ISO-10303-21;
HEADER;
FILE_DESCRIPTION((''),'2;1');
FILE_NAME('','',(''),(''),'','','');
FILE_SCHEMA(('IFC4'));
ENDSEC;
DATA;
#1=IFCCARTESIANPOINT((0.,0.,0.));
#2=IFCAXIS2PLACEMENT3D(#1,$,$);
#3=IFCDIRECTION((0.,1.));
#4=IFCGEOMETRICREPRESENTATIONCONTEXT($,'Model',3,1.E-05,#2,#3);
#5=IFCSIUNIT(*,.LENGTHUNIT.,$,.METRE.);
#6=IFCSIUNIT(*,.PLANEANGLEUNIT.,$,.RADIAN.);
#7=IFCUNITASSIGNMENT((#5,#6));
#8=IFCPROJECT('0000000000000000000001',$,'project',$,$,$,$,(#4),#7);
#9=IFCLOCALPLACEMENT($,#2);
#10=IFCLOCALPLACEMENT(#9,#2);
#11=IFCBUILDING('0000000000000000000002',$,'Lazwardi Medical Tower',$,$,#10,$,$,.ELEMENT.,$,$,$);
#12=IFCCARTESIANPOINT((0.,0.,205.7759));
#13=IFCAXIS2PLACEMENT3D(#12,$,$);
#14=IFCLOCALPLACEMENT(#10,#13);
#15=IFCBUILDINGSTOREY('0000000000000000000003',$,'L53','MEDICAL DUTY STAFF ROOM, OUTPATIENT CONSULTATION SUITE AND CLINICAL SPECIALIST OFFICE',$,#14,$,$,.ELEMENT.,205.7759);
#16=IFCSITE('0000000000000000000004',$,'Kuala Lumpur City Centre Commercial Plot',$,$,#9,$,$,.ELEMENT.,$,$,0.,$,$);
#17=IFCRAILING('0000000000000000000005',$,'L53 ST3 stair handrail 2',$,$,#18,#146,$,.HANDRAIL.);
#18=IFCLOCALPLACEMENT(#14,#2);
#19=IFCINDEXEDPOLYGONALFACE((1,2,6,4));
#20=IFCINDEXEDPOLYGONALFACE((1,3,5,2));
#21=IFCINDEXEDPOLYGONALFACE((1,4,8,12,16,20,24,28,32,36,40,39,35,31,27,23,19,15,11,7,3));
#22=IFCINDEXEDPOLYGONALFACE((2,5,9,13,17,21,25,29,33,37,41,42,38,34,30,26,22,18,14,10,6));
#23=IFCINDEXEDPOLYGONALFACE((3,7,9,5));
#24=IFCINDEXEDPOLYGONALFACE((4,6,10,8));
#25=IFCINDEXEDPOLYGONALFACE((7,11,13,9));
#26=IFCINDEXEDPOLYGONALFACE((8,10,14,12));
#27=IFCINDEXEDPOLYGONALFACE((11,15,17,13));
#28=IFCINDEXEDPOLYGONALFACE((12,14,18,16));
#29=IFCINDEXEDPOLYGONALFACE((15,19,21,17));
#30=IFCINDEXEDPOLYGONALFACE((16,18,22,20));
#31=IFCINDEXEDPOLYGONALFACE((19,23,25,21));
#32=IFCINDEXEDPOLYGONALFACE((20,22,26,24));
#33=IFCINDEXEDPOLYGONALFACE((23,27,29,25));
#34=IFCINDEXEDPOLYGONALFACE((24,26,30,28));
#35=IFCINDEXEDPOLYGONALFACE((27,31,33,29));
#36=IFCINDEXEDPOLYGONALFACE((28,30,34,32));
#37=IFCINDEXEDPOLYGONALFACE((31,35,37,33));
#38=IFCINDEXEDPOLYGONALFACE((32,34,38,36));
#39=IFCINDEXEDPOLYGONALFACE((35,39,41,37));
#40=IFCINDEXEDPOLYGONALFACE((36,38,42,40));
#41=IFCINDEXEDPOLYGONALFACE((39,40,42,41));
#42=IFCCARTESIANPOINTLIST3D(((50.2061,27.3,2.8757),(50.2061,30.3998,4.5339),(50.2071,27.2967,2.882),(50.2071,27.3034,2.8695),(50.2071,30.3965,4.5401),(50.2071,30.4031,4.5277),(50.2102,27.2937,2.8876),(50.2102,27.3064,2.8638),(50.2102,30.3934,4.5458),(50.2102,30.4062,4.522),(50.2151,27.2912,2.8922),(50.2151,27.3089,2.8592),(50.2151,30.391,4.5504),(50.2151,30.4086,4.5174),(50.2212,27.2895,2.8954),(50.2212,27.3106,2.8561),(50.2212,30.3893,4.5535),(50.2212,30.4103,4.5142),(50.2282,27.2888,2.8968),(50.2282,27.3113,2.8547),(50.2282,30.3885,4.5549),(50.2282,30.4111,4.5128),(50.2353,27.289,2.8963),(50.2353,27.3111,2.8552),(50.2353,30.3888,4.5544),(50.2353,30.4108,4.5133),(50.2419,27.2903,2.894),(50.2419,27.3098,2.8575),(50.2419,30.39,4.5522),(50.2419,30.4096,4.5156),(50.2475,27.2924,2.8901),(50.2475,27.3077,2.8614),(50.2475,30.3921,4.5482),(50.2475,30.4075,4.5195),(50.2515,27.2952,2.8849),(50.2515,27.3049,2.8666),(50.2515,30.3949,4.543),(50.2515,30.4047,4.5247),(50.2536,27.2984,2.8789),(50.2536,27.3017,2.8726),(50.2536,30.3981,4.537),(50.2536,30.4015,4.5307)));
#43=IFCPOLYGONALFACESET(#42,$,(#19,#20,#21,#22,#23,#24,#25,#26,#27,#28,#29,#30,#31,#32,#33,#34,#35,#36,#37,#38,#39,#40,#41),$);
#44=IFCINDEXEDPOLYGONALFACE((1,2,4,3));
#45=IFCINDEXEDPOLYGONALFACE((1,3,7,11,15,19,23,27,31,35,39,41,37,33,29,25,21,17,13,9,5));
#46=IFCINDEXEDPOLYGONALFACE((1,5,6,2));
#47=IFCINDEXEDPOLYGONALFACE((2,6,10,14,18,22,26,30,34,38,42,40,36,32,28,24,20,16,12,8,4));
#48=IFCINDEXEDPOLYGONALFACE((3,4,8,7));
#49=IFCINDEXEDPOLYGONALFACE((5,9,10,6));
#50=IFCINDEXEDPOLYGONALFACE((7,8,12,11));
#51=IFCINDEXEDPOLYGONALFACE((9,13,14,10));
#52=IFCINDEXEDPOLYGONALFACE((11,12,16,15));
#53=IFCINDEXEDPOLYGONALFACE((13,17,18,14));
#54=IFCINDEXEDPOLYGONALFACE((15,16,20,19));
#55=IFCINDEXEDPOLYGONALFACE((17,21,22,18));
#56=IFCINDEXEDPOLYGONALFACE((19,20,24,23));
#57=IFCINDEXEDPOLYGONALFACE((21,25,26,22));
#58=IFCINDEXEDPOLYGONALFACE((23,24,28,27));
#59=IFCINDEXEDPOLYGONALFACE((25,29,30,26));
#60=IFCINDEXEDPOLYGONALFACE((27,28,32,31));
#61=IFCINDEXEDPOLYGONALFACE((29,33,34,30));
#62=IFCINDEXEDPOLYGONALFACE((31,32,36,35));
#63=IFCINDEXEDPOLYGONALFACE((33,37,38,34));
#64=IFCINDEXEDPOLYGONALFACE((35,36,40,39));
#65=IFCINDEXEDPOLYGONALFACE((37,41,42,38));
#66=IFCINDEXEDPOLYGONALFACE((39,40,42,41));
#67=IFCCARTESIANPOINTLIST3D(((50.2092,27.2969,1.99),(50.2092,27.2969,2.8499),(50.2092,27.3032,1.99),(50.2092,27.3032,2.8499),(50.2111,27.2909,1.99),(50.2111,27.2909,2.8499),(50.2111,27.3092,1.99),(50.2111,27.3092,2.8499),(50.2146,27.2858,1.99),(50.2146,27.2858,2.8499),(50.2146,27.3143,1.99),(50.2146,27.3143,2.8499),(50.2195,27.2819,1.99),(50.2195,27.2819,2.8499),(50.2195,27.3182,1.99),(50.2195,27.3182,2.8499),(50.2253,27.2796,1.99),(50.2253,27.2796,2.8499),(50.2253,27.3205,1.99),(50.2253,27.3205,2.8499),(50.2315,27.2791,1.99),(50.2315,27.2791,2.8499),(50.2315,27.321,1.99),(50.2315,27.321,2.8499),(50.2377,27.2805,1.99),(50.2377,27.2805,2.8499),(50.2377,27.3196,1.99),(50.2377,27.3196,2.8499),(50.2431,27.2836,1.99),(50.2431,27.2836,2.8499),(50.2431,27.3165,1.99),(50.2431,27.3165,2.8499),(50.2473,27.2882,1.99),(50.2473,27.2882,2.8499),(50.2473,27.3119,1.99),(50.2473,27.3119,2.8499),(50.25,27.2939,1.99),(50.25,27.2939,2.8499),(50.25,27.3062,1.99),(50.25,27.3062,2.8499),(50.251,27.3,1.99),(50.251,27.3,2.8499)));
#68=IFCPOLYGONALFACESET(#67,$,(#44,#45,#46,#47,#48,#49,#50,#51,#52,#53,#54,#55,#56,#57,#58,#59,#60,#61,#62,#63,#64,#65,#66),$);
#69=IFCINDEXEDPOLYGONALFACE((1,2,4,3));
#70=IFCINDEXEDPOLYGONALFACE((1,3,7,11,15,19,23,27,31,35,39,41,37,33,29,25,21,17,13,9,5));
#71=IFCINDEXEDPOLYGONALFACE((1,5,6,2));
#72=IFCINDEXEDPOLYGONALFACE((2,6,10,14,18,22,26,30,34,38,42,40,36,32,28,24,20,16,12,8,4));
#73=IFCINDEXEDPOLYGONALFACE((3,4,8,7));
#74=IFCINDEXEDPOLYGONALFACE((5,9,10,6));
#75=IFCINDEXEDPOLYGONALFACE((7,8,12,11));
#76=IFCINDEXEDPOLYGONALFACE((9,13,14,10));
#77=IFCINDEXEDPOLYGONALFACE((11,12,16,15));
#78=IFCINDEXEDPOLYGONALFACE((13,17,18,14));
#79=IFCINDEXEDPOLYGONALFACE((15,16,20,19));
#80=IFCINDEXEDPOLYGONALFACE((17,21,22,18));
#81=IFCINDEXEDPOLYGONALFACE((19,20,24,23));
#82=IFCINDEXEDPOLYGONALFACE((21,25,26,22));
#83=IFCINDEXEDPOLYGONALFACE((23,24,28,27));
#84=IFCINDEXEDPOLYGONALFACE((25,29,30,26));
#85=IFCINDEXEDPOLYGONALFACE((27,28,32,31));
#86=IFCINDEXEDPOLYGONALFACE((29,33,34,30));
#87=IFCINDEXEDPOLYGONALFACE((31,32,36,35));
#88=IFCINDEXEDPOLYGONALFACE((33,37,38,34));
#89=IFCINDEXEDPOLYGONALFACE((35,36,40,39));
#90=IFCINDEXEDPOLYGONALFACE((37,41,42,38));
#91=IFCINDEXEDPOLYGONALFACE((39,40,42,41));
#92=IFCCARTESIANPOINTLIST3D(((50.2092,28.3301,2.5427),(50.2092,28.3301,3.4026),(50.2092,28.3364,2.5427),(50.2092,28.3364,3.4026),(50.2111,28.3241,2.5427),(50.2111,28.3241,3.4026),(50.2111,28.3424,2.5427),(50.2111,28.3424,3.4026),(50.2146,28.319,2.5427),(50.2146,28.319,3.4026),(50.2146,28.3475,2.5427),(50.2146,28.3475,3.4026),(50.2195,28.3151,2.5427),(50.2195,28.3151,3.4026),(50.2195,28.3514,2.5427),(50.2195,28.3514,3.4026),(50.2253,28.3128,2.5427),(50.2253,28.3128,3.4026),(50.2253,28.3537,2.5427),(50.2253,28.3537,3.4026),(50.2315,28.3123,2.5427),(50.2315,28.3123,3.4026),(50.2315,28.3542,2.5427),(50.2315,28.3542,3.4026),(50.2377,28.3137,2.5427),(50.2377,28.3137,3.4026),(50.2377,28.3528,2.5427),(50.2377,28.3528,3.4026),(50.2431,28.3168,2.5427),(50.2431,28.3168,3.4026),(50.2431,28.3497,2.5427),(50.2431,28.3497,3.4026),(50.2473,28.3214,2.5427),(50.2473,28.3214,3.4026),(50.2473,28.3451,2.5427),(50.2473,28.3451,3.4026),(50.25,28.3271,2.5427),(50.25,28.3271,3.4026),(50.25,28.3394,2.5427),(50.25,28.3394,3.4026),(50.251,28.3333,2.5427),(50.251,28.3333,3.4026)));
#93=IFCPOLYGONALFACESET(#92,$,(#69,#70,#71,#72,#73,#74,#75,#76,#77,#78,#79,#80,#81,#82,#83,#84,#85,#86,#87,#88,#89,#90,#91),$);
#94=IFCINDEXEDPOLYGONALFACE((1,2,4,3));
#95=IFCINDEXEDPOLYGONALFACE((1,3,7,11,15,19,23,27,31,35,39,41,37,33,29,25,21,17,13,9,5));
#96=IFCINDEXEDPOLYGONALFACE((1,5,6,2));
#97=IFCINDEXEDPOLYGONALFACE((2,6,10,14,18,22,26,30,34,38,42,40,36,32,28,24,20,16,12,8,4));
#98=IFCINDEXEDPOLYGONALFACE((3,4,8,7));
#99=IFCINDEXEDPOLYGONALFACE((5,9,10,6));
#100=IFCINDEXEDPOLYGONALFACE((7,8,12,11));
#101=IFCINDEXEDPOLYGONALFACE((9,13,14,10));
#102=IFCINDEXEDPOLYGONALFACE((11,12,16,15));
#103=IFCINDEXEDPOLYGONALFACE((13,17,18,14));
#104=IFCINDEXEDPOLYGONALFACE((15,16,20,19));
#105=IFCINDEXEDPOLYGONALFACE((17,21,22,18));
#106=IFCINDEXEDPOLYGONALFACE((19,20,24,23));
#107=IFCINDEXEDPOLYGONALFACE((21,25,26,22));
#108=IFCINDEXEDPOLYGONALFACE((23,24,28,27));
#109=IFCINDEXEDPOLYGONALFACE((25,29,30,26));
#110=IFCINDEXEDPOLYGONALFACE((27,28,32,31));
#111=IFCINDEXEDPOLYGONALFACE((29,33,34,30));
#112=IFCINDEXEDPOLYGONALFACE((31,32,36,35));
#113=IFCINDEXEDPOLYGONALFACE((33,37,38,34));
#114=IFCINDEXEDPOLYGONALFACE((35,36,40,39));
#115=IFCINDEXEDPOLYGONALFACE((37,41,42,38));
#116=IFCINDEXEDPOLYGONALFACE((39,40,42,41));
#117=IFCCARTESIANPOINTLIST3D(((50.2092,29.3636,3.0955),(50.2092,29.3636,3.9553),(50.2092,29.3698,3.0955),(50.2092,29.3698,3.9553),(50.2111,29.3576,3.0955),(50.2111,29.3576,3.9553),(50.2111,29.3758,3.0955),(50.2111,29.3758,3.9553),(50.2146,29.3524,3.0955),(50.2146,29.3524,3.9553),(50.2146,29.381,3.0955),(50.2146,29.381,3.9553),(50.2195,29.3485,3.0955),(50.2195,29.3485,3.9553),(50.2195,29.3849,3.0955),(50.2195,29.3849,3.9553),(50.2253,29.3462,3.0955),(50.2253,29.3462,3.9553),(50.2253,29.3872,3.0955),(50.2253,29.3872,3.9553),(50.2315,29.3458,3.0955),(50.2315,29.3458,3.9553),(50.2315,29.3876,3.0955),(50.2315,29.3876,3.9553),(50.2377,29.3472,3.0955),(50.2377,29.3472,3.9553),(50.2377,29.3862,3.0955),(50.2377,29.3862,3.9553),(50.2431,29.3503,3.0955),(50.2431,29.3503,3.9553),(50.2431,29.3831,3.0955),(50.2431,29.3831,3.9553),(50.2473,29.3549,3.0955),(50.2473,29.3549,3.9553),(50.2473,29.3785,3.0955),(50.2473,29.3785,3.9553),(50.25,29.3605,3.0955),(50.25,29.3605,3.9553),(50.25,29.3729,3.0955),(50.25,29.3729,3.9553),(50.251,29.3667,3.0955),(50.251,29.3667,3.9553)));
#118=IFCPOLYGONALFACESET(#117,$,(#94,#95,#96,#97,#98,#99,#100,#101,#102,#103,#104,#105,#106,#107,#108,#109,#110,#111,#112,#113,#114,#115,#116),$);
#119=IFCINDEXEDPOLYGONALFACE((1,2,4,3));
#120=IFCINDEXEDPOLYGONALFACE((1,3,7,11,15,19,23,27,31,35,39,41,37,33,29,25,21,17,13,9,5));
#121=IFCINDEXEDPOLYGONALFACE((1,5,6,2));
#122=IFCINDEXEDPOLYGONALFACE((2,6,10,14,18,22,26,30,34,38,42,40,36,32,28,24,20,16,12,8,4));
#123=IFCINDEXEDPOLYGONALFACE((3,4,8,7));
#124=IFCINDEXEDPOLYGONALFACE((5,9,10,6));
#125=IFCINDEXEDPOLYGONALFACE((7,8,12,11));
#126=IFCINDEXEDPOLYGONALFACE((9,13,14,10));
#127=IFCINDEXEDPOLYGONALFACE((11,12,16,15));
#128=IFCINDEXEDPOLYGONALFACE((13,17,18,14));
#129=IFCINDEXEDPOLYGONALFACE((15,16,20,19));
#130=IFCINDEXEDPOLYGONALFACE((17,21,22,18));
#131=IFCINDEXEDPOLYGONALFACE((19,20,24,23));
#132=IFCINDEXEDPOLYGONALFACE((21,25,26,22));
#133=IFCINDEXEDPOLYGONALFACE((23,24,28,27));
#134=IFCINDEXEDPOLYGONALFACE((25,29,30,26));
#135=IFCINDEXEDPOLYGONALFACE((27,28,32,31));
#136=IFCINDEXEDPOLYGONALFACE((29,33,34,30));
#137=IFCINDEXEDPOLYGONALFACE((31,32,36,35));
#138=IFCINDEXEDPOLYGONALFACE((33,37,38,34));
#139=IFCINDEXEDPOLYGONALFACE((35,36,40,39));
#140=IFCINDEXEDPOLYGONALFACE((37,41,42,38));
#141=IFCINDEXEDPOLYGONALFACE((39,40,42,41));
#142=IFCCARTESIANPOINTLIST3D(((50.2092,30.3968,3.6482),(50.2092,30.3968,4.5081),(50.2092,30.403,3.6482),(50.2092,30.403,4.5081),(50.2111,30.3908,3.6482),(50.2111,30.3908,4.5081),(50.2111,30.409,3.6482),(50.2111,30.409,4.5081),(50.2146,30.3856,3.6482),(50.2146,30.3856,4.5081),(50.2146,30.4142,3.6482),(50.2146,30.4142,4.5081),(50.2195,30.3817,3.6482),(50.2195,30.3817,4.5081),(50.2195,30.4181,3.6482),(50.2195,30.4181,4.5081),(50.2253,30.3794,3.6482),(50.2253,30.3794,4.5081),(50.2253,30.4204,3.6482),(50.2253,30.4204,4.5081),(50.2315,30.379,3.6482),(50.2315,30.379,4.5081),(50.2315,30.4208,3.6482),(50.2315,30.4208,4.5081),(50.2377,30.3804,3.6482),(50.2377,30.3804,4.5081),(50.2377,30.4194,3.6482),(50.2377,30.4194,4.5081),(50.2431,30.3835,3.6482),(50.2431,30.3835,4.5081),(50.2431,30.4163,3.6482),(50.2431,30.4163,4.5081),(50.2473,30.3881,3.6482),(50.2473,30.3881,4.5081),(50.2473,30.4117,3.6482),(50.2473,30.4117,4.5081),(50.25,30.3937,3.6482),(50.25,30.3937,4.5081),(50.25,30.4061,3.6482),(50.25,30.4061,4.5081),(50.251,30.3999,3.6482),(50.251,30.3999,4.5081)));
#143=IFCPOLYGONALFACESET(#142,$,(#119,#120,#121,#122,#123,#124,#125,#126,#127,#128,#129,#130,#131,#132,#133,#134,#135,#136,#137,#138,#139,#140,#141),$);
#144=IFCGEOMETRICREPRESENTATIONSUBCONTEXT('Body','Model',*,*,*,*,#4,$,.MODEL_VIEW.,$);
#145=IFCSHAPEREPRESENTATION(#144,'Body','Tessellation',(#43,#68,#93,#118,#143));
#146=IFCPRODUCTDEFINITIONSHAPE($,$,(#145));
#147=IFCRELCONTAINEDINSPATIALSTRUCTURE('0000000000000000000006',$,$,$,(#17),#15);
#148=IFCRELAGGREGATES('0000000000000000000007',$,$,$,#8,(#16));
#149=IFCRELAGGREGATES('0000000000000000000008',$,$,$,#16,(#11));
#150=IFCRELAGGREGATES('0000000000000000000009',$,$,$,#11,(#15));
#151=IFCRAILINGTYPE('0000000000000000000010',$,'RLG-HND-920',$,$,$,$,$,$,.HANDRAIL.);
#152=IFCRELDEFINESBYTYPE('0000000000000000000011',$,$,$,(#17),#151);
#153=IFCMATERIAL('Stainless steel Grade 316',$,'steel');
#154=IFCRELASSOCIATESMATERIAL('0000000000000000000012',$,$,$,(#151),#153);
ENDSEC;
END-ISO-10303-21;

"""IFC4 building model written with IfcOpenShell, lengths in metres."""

from ifc_helpers import new_model, si_unit, direction, frame, origin, origin_2d, place, context, subcontext, project, spatial, circle, extrude, material, type_object, element, save


model = new_model("IFC4")

# Units and contexts
model_context = context("Model", 3, precision=1e-05, world=origin(), true_north=direction((0.0, 1.0)))
body_context = subcontext(model_context, "Body", "Model", "MODEL_VIEW")
ifc_project = project(units=[si_unit("LENGTHUNIT", "METRE"), si_unit("PLANEANGLEUNIT", "RADIAN")], contexts=[model_context])

# Site, building, storey
site_placement = place(None, origin())
site = spatial("IfcSite", under=ifc_project, at=site_placement, Name="Kuala Lumpur City Centre Commercial Plot", CompositionType="ELEMENT", RefElevation=0.0)
building_placement = place(site_placement, origin())
building = spatial("IfcBuilding", under=site, at=building_placement, Name="Lazwardi Medical Tower", CompositionType="ELEMENT")
storey_placement = place(building_placement, frame((0.0, 0.0, 205.7759)))
storey = spatial("IfcBuildingStorey", under=building, at=storey_placement, Name="L53", Description="MEDICAL DUTY STAFF ROOM, OUTPATIENT CONSULTATION SUITE AND CLINICAL SPECIALIST OFFICE", CompositionType="ELEMENT", Elevation=205.7759)

# Railing
ifc_material_1 = material(Name="Stainless steel Grade 316", Category="steel")
railing_type_1 = type_object("IfcRailingType", Name="RLG-HND-920", PredefinedType="HANDRAIL", material=ifc_material_1)
railing_1_placement = place(storey_placement, frame((50.23, 27.3, 1.99)))
element("IfcRailing", 1, at=railing_1_placement, inside=storey, type_object=railing_type_1, Name="L53 ST3 stair handrail 2", PredefinedType="HANDRAIL", context=body_context, shape_type="SweptSolid", body=[
    extrude(circle(Radius=0.0239, at=origin_2d()), frame((0.0, 0.0, 0.8857), z_axis=(0.0, 0.881768, 0.471684), x_axis=(-1.0, 0.0, 0.0)), (0.0, 0.0, 1.0), 3.5154),
    extrude(circle(Radius=0.021, at=origin_2d()), origin(), (0.0, 0.0, 1.0), 0.8599),
    extrude(circle(Radius=0.021, at=origin_2d()), frame((0.0, 1.0332, 0.5527)), (0.0, 0.0, 1.0), 0.8599),
    extrude(circle(Radius=0.021, at=origin_2d()), frame((0.0, 2.0667, 1.1055)), (0.0, 0.0, 1.0), 0.8599),
    extrude(circle(Radius=0.021, at=origin_2d()), frame((0.0, 3.0999, 1.6582)), (0.0, 0.0, 1.0), 0.8599),
])

save(model, "model.ifc")
